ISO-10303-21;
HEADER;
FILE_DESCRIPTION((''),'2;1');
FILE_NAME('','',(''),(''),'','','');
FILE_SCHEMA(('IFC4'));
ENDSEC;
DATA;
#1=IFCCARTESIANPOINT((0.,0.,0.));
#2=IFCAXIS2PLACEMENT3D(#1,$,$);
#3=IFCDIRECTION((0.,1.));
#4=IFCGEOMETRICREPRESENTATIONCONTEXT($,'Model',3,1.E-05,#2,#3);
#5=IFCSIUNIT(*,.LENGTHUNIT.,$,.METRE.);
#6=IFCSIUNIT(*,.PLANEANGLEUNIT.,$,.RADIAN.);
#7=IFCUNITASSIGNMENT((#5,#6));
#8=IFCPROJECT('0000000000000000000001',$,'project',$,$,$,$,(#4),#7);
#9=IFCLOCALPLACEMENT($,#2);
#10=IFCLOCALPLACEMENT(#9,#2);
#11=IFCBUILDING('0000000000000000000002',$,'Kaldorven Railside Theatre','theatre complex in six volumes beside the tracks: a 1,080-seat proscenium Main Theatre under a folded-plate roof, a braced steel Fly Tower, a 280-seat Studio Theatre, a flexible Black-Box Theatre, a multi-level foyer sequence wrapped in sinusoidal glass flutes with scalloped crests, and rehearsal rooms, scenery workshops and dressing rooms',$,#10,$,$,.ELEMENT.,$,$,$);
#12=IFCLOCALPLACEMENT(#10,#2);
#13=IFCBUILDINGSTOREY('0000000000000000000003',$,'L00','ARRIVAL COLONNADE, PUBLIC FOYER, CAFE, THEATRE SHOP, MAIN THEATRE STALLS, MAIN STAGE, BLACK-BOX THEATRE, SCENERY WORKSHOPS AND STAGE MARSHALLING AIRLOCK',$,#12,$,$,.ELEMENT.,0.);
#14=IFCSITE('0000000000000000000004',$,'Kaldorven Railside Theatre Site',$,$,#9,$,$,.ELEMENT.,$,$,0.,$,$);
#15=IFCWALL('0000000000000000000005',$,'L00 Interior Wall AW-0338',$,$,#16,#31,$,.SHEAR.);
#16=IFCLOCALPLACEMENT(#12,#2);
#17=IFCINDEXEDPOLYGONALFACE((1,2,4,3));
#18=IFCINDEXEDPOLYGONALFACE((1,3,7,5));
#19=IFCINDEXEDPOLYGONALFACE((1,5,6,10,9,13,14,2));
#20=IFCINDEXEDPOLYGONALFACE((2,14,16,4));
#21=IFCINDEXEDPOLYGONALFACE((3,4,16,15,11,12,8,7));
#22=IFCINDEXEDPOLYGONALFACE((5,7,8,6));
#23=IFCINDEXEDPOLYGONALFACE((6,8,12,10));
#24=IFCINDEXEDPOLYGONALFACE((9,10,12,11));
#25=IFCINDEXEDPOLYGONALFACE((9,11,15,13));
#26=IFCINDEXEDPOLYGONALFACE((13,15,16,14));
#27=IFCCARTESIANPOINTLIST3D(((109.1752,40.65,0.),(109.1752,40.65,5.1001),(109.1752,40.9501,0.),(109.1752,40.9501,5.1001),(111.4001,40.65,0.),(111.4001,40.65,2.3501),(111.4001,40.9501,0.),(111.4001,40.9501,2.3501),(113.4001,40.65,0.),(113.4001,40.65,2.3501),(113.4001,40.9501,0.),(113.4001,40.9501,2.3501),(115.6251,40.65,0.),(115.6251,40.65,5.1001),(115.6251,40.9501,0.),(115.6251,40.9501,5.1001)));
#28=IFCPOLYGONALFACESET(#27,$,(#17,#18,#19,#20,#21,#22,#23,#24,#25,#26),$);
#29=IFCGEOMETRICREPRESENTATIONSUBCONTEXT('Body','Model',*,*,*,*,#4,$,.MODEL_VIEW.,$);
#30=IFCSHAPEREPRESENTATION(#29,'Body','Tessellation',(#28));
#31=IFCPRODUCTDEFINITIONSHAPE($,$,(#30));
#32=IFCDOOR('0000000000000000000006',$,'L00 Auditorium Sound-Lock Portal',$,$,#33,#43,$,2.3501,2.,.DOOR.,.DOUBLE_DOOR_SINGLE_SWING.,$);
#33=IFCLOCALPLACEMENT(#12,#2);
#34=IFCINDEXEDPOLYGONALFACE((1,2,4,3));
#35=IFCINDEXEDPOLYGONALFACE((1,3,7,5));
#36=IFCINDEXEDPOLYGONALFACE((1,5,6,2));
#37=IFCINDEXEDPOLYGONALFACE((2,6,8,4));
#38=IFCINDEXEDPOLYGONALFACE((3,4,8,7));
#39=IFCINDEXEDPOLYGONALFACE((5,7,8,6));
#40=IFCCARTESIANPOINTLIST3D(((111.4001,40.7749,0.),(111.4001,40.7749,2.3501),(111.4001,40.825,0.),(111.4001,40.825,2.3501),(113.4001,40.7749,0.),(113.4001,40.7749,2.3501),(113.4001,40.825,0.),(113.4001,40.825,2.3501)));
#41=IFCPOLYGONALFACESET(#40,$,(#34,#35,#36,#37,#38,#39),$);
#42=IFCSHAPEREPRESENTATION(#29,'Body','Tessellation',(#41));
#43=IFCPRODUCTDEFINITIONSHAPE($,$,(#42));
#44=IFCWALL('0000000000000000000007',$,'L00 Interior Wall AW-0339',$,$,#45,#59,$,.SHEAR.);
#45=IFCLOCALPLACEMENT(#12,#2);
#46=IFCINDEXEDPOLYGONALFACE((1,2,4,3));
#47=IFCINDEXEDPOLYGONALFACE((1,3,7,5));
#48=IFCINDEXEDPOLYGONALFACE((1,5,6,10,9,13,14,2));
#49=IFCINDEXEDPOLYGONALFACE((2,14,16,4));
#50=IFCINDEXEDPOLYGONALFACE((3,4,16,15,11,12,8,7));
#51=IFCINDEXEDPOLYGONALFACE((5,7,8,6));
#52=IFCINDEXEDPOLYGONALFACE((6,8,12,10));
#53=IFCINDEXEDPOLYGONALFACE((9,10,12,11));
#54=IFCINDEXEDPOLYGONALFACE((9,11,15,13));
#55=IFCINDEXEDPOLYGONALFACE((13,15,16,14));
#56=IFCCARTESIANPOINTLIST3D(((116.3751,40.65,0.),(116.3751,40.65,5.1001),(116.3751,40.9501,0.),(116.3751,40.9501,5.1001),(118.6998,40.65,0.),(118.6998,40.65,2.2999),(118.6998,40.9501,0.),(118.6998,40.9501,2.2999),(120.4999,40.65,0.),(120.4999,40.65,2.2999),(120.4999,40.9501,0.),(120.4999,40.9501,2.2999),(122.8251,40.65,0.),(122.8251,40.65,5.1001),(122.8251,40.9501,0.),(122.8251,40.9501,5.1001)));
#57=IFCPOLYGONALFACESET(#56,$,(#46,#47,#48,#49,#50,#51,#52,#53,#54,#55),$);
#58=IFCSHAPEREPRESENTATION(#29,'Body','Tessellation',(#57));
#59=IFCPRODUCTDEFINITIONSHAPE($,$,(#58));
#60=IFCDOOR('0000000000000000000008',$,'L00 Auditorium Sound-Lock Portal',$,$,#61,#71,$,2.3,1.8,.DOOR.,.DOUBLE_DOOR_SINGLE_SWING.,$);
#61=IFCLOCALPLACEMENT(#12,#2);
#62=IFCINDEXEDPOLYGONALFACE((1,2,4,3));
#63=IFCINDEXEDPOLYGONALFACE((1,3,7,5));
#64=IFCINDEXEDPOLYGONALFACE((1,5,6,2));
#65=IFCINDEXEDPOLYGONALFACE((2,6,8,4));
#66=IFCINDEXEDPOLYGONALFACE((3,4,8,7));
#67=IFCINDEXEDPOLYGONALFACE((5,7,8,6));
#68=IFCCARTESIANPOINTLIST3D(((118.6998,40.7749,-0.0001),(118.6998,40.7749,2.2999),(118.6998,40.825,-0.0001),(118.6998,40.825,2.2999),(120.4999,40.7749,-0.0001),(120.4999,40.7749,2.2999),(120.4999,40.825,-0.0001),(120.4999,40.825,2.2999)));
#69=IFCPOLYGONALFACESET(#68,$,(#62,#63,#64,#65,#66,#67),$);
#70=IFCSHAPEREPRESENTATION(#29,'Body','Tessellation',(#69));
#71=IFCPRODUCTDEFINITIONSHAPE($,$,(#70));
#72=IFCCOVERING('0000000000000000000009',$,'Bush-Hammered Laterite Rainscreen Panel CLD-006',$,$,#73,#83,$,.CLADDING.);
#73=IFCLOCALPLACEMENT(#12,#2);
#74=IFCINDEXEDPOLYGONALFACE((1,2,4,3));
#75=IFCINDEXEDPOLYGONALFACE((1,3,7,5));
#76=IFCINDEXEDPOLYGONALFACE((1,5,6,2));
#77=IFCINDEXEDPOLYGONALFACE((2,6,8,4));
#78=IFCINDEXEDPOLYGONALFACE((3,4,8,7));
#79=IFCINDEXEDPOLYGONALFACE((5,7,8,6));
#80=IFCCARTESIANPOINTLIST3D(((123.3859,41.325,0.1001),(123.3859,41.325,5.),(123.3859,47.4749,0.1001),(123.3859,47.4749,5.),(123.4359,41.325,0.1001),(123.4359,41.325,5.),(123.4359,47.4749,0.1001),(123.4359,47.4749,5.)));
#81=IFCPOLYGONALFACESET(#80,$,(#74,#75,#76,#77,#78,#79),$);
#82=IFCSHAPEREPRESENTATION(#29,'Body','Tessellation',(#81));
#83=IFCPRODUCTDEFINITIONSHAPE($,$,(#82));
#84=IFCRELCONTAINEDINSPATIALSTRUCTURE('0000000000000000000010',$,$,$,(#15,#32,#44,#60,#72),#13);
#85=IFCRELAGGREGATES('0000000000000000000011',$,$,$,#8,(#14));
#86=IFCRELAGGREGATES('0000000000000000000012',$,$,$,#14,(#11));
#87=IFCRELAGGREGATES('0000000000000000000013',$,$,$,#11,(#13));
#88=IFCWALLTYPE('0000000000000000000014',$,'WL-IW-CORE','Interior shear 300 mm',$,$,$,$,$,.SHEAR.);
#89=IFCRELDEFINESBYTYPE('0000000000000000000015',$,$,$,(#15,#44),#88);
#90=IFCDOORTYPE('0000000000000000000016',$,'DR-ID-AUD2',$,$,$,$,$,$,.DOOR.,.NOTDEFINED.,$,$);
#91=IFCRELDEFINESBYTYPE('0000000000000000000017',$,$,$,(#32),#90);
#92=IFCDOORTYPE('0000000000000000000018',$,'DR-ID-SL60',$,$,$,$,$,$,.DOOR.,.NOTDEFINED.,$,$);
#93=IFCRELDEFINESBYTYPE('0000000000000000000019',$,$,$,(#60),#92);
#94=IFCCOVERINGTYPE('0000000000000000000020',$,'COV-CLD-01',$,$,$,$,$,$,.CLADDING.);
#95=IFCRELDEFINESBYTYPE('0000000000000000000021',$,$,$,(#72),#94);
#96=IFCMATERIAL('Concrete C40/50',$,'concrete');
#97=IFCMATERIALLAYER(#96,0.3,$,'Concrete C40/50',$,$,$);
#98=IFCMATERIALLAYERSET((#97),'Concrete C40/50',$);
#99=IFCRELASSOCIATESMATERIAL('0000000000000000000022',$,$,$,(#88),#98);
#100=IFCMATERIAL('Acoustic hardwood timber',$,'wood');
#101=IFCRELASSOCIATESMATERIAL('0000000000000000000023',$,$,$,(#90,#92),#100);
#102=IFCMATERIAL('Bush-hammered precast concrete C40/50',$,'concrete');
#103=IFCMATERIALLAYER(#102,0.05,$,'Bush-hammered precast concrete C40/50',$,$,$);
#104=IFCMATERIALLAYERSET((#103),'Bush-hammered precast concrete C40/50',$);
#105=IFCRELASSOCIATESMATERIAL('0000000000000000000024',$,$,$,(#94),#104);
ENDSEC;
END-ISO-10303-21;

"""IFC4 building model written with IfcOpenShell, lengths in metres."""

from ifc_helpers import new_model, si_unit, direction, frame, frame_2d, origin, origin_2d, place, context, subcontext, project, spatial, rectangle, extrude, material, layer, layer_set, type_object, element, fill, save


model = new_model("IFC4")

# Units and contexts
model_context = context("Model", 3, precision=1e-05, world=origin(), true_north=direction((0.0, 1.0)))
body_context = subcontext(model_context, "Body", "Model", "MODEL_VIEW")
ifc_project = project(units=[si_unit("LENGTHUNIT", "METRE"), si_unit("PLANEANGLEUNIT", "RADIAN")], contexts=[model_context])

# Site, building, storey
site_placement = place(None, origin())
site = spatial("IfcSite", under=ifc_project, at=site_placement, Name="Kaldorven Railside Theatre Site", CompositionType="ELEMENT", RefElevation=0.0)
building_placement = place(site_placement, origin())
building = spatial("IfcBuilding", under=site, at=building_placement, Name="Kaldorven Railside Theatre", Description="theatre complex in six volumes beside the tracks: a 1,080-seat proscenium Main Theatre under a folded-plate roof, a braced steel Fly Tower, a 280-seat Studio Theatre, a flexible Black-Box Theatre, a multi-level foyer sequence wrapped in sinusoidal glass flutes with scalloped crests, and rehearsal rooms, scenery workshops and dressing rooms", CompositionType="ELEMENT")
storey_placement = place(building_placement, origin())
storey = spatial("IfcBuildingStorey", under=building, at=storey_placement, Name="L00", Description="ARRIVAL COLONNADE, PUBLIC FOYER, CAFE, THEATRE SHOP, MAIN THEATRE STALLS, MAIN STAGE, BLACK-BOX THEATRE, SCENERY WORKSHOPS AND STAGE MARSHALLING AIRLOCK", CompositionType="ELEMENT", Elevation=0.0)

# Shared definitions
ifc_material_1 = material(Name="Concrete C40/50", Category="concrete")

# Shared definitions
ifc_material_2 = material(Name="Acoustic hardwood timber", Category="wood")

# Walls, openings, doors
ifc_layer_1 = layer(ifc_material_1, 0.3, Name="Concrete C40/50")
ifc_layer_set_1 = layer_set([ifc_layer_1], Name="Concrete C40/50")
wall_type_1 = type_object("IfcWallType", Name="WL-IW-CORE", Description="Interior shear 300 mm", PredefinedType="SHEAR", material=ifc_layer_set_1)
wall_1_placement = place(storey_placement, frame((109.175, 40.8, 0.0), z_axis=(0.0, 0.0, 1.0), x_axis=(1.0, 0.0, 0.0)))
wall_1 = element("IfcWall", 1, at=wall_1_placement, inside=storey, type_object=wall_type_1, Name="L00 Interior Wall AW-0338", PredefinedType="SHEAR", context=body_context, shape_type="SweptSolid", body=[
    extrude(rectangle(XDim=6.45, YDim=0.3, at=frame_2d((3.2251, 0.0))), origin(), (0.0, 0.0, 1.0), 5.1001),
])
opening_1_placement = place(wall_1_placement, frame((2.2251, 0.0, 0.0)))
opening_1 = element("IfcOpeningElement", 2, at=opening_1_placement, cuts=wall_1, PredefinedType="OPENING", context=body_context, shape_type="SweptSolid", body=[
    extrude(rectangle(XDim=2.0, YDim=2.3501, at=frame_2d((1.0, 1.175))), frame((0.0, 0.1602, 0.0), z_axis=(0.0, -1.0, 0.0), x_axis=(1.0, 0.0, 0.0)), (0.0, 0.0, 1.0), 0.3201),
])
door_type_1 = type_object("IfcDoorType", Name="DR-ID-AUD2", OperationType="NOTDEFINED", PredefinedType="DOOR", material=ifc_material_2)
door_1_placement = place(opening_1_placement, origin())
door_1 = element("IfcDoor", 3, at=door_1_placement, inside=storey, type_object=door_type_1, Name="L00 Auditorium Sound-Lock Portal", OperationType="DOUBLE_DOOR_SINGLE_SWING", OverallHeight=2.3501, OverallWidth=2.0, PredefinedType="DOOR", context=body_context, shape_type="SweptSolid", body=[
    extrude(rectangle(XDim=2.0, YDim=2.3501, at=frame_2d((1.0, 1.175))), frame((0.0, 0.0249, 0.0), z_axis=(0.0, -1.0, 0.0), x_axis=(1.0, 0.0, 0.0)), (0.0, 0.0, 1.0), 0.05),
])
fill(opening_1, door_1)
wall_2_placement = place(storey_placement, frame((116.375, 40.8, 0.0), z_axis=(0.0, 0.0, 1.0), x_axis=(1.0, 0.0, 0.0)))
wall_2 = element("IfcWall", 4, at=wall_2_placement, inside=storey, type_object=wall_type_1, Name="L00 Interior Wall AW-0339", PredefinedType="SHEAR", context=body_context, shape_type="SweptSolid", body=[
    extrude(rectangle(XDim=6.45, YDim=0.3, at=frame_2d((3.2251, 0.0))), origin(), (0.0, 0.0, 1.0), 5.1001),
])
opening_2_placement = place(wall_2_placement, frame((2.325, 0.0, 0.0)))
opening_2 = element("IfcOpeningElement", 5, at=opening_2_placement, cuts=wall_2, PredefinedType="OPENING", context=body_context, shape_type="SweptSolid", body=[
    extrude(rectangle(XDim=1.8, YDim=2.3, at=frame_2d((0.8999, 1.1499))), frame((0.0, 0.1602, 0.0), z_axis=(0.0, -1.0, 0.0), x_axis=(1.0, 0.0, 0.0)), (0.0, 0.0, 1.0), 0.3201),
])
door_type_2 = type_object("IfcDoorType", Name="DR-ID-SL60", OperationType="NOTDEFINED", PredefinedType="DOOR", material=ifc_material_2)
door_2_placement = place(opening_2_placement, origin())
door_2 = element("IfcDoor", 6, at=door_2_placement, inside=storey, type_object=door_type_2, Name="L00 Auditorium Sound-Lock Portal", OperationType="DOUBLE_DOOR_SINGLE_SWING", OverallHeight=2.3, OverallWidth=1.8, PredefinedType="DOOR", context=body_context, shape_type="SweptSolid", body=[
    extrude(rectangle(XDim=1.8, YDim=2.3, at=frame_2d((0.8999, 1.1499))), frame((0.0, 0.0249, 0.0), z_axis=(0.0, -1.0, 0.0), x_axis=(1.0, 0.0, 0.0)), (0.0, 0.0, 1.0), 0.05),
])
fill(opening_2, door_2)

# Covering
ifc_material_3 = material(Name="Bush-hammered precast concrete C40/50", Category="concrete")
ifc_layer_2 = layer(ifc_material_3, 0.05, Name="Bush-hammered precast concrete C40/50")
ifc_layer_set_2 = layer_set([ifc_layer_2], Name="Bush-hammered precast concrete C40/50")
covering_type = type_object("IfcCoveringType", Name="COV-CLD-01", PredefinedType="CLADDING", material=ifc_layer_set_2)
covering_placement = place(storey_placement, frame((123.4109, 44.3999, 0.1001), z_axis=(0.0, 0.0, 1.0), x_axis=(0.0, -1.0, 0.0)))
element("IfcCovering", 7, at=covering_placement, inside=storey, type_object=covering_type, Name="Bush-Hammered Laterite Rainscreen Panel CLD-006", PredefinedType="CLADDING", context=body_context, shape_type="SweptSolid", body=[
    extrude(rectangle(XDim=6.1499, YDim=0.05, at=origin_2d()), origin(), (0.0, 0.0, 1.0), 4.8999),
])

save(model, "model.ifc")
